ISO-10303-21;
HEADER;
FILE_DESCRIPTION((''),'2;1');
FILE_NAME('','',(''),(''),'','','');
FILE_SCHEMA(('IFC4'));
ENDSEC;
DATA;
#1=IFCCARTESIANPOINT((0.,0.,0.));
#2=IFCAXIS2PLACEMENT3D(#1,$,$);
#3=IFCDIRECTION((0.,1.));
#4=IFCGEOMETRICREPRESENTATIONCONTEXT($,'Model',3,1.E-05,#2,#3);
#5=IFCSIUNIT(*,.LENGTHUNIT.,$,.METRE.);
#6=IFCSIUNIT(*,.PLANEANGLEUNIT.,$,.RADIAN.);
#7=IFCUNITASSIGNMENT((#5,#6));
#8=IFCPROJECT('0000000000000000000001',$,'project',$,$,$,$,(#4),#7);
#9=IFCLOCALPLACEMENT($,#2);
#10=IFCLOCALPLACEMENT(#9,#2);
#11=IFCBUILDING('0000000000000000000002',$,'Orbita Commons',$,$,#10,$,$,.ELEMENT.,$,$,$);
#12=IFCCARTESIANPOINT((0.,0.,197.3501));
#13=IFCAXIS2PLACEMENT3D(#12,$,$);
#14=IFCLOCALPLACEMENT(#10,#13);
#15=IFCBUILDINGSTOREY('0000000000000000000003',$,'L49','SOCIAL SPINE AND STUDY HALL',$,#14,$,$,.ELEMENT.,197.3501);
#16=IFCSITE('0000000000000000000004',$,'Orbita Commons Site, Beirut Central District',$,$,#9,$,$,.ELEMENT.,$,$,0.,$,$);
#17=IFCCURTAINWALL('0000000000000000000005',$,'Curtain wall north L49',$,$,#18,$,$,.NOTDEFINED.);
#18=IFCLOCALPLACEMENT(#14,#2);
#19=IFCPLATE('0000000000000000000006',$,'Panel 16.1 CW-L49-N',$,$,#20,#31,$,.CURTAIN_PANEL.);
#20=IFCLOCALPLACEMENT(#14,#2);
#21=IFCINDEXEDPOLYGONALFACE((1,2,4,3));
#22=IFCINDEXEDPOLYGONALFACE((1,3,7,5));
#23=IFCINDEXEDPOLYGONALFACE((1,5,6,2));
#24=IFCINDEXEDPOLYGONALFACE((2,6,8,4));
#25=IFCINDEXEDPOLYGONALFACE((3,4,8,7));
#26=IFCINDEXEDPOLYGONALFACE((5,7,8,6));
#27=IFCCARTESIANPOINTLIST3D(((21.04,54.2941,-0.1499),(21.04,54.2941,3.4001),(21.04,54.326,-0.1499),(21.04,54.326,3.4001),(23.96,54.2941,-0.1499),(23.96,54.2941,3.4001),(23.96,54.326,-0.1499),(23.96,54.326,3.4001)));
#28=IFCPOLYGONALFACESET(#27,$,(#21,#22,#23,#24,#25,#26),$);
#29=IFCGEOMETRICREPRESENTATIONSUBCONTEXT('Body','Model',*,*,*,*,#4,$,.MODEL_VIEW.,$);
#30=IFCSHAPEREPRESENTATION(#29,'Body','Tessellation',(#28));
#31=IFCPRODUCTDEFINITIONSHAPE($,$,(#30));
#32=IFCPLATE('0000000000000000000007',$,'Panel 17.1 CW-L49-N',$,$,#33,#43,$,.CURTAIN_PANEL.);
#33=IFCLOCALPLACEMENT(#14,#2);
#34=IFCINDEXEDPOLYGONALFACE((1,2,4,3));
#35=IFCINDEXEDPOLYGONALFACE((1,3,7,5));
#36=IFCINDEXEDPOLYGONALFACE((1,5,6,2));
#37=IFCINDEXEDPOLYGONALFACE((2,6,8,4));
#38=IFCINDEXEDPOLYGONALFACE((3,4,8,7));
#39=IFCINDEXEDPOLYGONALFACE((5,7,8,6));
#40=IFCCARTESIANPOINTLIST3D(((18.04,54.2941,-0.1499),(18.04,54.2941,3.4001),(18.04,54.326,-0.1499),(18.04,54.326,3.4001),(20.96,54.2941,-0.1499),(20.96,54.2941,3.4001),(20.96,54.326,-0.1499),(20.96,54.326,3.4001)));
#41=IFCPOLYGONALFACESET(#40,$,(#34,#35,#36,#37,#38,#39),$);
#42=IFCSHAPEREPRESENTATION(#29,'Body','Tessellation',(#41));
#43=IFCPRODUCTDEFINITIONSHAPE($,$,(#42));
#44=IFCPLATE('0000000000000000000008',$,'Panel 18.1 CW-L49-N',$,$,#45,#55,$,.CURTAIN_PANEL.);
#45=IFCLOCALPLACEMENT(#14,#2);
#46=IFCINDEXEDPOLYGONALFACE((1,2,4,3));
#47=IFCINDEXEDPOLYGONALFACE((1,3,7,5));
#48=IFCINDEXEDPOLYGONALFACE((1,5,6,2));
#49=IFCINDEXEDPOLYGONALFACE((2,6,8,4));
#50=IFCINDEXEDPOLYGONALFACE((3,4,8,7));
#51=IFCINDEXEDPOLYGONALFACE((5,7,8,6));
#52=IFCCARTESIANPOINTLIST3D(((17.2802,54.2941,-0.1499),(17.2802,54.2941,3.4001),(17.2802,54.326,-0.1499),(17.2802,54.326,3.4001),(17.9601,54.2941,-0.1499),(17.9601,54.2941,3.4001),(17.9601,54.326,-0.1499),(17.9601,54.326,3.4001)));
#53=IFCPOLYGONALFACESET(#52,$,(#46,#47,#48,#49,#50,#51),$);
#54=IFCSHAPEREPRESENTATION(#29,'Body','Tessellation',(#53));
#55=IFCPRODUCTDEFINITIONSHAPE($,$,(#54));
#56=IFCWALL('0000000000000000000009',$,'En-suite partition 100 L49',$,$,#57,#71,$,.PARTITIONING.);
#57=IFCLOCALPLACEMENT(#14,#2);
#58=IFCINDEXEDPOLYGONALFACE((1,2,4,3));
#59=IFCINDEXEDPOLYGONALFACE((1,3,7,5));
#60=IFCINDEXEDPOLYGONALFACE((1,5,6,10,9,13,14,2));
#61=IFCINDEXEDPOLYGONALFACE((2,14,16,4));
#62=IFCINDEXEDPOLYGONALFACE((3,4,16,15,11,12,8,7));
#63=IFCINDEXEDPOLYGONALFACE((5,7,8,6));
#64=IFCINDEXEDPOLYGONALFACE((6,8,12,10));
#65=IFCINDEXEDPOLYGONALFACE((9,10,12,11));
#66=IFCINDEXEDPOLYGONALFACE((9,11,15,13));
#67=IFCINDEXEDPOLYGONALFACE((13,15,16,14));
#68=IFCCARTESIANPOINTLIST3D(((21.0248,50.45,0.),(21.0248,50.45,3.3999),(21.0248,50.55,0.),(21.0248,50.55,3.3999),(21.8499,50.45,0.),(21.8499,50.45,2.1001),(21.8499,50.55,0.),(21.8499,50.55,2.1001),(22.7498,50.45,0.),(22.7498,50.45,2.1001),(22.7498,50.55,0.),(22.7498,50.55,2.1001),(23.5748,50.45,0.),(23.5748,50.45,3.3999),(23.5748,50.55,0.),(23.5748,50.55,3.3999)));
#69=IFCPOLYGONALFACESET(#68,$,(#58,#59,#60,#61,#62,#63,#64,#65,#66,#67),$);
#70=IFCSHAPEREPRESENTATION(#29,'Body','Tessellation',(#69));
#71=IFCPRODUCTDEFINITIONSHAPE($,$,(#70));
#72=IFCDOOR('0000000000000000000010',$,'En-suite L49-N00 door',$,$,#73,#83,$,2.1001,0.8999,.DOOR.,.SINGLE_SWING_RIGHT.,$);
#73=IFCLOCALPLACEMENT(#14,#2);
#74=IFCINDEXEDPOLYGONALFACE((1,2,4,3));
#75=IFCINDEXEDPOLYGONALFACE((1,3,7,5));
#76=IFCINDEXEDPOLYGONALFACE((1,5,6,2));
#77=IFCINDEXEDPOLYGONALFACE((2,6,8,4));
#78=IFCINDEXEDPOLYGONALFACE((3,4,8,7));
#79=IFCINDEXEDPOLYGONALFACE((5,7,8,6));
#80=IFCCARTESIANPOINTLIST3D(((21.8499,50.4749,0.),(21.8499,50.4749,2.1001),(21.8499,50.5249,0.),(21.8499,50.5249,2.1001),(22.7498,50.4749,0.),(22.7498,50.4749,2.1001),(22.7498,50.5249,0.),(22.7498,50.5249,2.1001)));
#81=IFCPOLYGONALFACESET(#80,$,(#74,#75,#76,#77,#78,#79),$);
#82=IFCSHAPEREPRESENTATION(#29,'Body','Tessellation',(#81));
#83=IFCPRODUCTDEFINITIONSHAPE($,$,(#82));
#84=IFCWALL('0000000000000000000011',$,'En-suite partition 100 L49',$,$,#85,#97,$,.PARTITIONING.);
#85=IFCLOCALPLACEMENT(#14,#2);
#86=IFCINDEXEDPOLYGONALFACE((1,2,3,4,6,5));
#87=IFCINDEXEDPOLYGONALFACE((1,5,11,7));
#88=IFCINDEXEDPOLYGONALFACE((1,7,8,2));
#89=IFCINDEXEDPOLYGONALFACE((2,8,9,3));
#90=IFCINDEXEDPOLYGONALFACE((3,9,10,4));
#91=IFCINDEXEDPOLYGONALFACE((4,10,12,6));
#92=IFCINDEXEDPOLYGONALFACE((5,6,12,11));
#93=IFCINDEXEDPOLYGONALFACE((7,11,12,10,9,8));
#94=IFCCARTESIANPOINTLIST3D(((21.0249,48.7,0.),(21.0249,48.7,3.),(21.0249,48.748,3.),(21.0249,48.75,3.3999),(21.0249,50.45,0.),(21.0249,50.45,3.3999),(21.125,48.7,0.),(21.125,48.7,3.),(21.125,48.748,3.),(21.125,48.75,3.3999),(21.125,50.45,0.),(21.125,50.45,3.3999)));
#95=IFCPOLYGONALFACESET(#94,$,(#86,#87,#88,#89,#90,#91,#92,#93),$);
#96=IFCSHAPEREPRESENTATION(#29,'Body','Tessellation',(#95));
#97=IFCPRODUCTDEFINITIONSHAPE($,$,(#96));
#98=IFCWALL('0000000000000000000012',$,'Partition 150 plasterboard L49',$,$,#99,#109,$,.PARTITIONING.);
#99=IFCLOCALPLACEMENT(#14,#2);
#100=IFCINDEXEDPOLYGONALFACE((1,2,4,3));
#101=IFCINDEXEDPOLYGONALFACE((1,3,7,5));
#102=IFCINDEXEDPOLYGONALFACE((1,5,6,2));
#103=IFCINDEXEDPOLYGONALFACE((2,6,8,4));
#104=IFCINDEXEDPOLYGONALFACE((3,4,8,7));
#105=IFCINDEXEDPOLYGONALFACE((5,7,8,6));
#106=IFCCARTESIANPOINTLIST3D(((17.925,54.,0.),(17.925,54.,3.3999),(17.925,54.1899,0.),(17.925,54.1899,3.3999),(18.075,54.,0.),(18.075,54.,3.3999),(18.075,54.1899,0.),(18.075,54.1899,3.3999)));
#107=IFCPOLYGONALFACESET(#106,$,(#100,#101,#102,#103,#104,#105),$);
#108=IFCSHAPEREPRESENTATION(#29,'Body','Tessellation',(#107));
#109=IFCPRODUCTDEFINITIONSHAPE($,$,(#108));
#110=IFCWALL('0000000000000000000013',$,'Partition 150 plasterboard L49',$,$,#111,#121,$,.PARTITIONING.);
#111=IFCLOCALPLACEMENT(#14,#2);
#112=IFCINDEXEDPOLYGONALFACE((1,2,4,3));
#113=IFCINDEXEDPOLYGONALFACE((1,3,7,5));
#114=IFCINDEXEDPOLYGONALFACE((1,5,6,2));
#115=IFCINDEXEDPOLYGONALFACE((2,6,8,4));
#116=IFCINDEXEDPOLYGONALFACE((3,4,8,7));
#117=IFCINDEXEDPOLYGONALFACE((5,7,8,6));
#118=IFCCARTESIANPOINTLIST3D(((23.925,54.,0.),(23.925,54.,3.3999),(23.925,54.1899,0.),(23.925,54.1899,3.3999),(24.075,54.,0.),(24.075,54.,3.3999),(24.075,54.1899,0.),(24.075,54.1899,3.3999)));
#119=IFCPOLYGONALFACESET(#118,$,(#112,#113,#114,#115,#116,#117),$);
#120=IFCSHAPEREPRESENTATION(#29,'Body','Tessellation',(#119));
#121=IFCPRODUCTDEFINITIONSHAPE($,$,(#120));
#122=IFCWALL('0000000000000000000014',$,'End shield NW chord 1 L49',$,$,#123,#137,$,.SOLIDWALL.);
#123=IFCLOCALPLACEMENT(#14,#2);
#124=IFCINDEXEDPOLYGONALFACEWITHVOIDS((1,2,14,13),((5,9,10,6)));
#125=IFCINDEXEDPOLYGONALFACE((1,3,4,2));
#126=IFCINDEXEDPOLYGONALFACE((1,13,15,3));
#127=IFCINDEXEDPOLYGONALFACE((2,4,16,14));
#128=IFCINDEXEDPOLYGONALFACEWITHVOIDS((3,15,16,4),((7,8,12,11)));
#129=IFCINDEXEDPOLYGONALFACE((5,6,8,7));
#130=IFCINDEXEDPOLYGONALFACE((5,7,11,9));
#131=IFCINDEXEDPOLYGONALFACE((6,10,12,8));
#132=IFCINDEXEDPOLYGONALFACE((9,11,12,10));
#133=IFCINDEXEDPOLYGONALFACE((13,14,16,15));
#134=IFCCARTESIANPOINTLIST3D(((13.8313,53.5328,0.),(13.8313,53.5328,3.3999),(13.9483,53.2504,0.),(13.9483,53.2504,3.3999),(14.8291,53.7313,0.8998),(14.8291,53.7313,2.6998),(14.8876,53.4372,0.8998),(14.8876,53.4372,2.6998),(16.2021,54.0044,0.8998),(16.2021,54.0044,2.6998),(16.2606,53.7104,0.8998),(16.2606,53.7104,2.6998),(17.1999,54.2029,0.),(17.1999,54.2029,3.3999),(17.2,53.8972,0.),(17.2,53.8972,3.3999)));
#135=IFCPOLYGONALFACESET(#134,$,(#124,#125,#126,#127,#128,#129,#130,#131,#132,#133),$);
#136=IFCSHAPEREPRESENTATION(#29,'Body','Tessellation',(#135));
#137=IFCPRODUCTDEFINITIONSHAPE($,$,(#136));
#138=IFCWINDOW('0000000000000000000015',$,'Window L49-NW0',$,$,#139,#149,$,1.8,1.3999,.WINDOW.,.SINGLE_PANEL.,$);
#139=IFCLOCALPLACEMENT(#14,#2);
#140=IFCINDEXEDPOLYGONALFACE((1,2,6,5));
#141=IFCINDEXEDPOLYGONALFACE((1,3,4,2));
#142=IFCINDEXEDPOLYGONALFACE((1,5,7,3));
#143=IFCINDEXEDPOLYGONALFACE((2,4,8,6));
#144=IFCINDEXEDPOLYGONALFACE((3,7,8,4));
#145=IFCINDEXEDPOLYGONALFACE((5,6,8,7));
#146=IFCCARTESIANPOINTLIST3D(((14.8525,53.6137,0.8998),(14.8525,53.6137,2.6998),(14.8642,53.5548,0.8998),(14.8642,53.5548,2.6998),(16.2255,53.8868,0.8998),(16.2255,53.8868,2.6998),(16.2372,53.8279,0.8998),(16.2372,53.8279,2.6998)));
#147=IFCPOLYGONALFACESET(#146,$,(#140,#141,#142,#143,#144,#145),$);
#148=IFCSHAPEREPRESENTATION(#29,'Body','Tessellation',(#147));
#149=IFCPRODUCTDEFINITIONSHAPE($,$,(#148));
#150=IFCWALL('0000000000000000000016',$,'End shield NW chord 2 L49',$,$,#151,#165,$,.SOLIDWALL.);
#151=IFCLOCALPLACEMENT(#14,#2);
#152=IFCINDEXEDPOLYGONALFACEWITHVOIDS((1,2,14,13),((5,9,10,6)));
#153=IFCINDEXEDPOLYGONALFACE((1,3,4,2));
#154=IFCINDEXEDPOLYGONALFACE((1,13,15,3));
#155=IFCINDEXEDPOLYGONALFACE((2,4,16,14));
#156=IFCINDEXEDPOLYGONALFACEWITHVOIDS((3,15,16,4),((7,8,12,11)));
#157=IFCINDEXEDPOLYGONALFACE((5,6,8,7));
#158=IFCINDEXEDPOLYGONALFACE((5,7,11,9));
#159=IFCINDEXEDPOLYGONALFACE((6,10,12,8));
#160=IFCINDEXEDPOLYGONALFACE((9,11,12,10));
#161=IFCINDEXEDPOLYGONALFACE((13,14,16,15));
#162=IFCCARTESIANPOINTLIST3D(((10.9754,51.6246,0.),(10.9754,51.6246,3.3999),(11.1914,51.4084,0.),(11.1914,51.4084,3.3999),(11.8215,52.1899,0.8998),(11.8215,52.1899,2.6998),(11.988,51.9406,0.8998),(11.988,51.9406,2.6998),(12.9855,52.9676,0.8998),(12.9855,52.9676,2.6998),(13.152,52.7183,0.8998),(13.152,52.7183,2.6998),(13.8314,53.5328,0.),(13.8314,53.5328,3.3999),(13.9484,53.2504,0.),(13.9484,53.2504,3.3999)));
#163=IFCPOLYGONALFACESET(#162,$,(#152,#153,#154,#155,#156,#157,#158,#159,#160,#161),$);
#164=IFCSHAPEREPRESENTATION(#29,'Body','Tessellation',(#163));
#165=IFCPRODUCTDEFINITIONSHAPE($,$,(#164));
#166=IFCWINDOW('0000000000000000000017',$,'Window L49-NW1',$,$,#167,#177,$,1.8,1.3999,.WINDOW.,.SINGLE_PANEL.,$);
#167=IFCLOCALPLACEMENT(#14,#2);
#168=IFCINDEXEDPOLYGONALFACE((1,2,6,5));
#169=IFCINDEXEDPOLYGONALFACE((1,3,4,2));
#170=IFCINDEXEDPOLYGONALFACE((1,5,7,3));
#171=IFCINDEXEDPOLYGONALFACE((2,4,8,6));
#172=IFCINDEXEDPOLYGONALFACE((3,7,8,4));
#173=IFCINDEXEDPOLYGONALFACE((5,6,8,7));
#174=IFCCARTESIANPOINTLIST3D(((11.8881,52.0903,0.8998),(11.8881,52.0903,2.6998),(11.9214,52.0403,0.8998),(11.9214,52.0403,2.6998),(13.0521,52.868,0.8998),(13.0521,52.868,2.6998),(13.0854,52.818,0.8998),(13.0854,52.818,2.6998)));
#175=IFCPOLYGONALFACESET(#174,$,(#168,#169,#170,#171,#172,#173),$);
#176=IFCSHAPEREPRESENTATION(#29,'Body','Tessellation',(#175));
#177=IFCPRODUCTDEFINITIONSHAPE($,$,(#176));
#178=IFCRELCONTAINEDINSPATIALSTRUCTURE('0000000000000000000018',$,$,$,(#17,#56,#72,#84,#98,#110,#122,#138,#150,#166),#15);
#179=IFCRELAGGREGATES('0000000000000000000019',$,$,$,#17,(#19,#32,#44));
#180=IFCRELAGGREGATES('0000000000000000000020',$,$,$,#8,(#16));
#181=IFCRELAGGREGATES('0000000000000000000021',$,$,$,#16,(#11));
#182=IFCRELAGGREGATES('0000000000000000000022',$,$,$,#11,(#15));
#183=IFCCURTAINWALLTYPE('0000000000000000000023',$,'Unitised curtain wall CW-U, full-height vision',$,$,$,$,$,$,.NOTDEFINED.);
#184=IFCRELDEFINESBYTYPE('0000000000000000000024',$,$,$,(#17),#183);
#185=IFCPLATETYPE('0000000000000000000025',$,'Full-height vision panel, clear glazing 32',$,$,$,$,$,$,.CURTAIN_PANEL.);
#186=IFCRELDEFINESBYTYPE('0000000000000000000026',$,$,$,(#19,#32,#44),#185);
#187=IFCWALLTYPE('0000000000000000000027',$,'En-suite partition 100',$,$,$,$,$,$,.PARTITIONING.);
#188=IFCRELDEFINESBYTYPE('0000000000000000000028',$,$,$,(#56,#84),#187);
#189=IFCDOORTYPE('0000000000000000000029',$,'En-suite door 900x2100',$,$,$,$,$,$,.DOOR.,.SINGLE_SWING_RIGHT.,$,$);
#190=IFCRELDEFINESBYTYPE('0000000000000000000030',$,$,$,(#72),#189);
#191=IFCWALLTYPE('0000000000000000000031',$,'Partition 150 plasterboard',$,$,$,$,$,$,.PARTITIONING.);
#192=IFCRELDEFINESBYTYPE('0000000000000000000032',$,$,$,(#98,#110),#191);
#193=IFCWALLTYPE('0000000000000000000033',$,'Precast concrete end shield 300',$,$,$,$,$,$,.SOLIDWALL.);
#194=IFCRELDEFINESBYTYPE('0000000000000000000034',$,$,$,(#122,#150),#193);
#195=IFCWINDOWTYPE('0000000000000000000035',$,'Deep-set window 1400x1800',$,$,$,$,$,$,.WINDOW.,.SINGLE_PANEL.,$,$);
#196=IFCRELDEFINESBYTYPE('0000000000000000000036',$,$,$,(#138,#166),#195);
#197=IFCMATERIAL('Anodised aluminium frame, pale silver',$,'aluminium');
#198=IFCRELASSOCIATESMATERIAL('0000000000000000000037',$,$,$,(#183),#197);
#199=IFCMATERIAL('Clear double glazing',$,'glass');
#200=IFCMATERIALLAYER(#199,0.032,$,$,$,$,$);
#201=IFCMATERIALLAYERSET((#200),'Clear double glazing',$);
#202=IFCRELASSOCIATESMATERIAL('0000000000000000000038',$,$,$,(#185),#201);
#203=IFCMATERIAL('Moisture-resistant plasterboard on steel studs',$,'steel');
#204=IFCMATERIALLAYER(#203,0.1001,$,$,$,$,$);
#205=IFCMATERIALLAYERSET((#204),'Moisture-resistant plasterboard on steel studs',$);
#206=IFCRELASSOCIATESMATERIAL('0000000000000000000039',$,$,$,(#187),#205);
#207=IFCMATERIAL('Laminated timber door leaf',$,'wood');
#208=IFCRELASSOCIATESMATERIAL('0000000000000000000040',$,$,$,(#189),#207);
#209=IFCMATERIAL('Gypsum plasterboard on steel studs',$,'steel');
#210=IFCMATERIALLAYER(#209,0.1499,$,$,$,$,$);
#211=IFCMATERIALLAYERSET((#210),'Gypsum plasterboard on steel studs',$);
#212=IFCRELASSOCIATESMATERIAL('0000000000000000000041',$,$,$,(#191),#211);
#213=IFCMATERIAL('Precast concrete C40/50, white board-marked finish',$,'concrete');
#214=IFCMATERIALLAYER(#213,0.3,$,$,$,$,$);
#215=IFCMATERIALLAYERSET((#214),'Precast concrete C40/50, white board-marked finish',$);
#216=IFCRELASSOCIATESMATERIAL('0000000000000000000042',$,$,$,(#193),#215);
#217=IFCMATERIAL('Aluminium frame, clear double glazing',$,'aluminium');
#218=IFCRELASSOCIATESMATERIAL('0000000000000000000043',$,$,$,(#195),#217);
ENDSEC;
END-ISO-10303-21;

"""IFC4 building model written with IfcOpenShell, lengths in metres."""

from ifc_helpers import new_model, si_unit, direction, frame, frame_2d, origin, origin_2d, place, context, subcontext, project, spatial, polyline, rectangle, outline, extrude, material, layer, layer_set, type_object, element, fill, aggregate, save


model = new_model("IFC4")

# Units and contexts
model_context = context("Model", 3, precision=1e-05, world=origin(), true_north=direction((0.0, 1.0)))
body_context = subcontext(model_context, "Body", "Model", "MODEL_VIEW")
ifc_project = project(units=[si_unit("LENGTHUNIT", "METRE"), si_unit("PLANEANGLEUNIT", "RADIAN")], contexts=[model_context])

# Site, building, storey
site_placement = place(None, origin())
site = spatial("IfcSite", under=ifc_project, at=site_placement, Name="Orbita Commons Site, Beirut Central District", CompositionType="ELEMENT", RefElevation=0.0)
building_placement = place(site_placement, origin())
building = spatial("IfcBuilding", under=site, at=building_placement, Name="Orbita Commons", CompositionType="ELEMENT")
storey_placement = place(building_placement, frame((0.0, 0.0, 197.3501)))
storey = spatial("IfcBuildingStorey", under=building, at=storey_placement, Name="L49", Description="SOCIAL SPINE AND STUDY HALL", CompositionType="ELEMENT", Elevation=197.3501)

# Curtain wall
ifc_material_1 = material(Name="Anodised aluminium frame, pale silver", Category="aluminium")
curtain_wall_type = type_object("IfcCurtainWallType", Name="Unitised curtain wall CW-U, full-height vision", PredefinedType="NOTDEFINED", material=ifc_material_1)
curtain_wall_placement = place(storey_placement, origin())
curtain_wall = element("IfcCurtainWall", 1, at=curtain_wall_placement, inside=storey, type_object=curtain_wall_type, Name="Curtain wall north L49", PredefinedType="NOTDEFINED")

# Plates
ifc_material_2 = material(Name="Clear double glazing", Category="glass")
ifc_layer_1 = layer(ifc_material_2, 0.032)
ifc_layer_set_1 = layer_set([ifc_layer_1], Name="Clear double glazing")
plate_type = type_object("IfcPlateType", Name="Full-height vision panel, clear glazing 32", PredefinedType="CURTAIN_PANEL", material=ifc_layer_set_1)
plate_1_placement = place(storey_placement, frame((22.5, 54.3101, -0.1499), z_axis=(0.0, 0.0, 1.0), x_axis=(-1.0, 0.0, 0.0)))
plate_1 = element("IfcPlate", 2, at=plate_1_placement, type_object=plate_type, Name="Panel 16.1 CW-L49-N", PredefinedType="CURTAIN_PANEL", context=body_context, shape_type="SweptSolid", body=[
    extrude(rectangle(XDim=2.9199, YDim=0.032, at=origin_2d()), origin(), (0.0, 0.0, 1.0), 3.55),
])
plate_2_placement = place(storey_placement, frame((19.5, 54.3101, -0.1499), z_axis=(0.0, 0.0, 1.0), x_axis=(-1.0, 0.0, 0.0)))
plate_2 = element("IfcPlate", 3, at=plate_2_placement, type_object=plate_type, Name="Panel 17.1 CW-L49-N", PredefinedType="CURTAIN_PANEL", context=body_context, shape_type="SweptSolid", body=[
    extrude(rectangle(XDim=2.9199, YDim=0.032, at=origin_2d()), origin(), (0.0, 0.0, 1.0), 3.55),
])
plate_3_placement = place(storey_placement, frame((17.6201, 54.3101, -0.1499), z_axis=(0.0, 0.0, 1.0), x_axis=(-1.0, 0.0, 0.0)))
plate_3 = element("IfcPlate", 4, at=plate_3_placement, type_object=plate_type, Name="Panel 18.1 CW-L49-N", PredefinedType="CURTAIN_PANEL", context=body_context, shape_type="SweptSolid", body=[
    extrude(rectangle(XDim=0.6799, YDim=0.032, at=origin_2d()), origin(), (0.0, 0.0, 1.0), 3.55),
])
aggregate(curtain_wall, [plate_1, plate_2, plate_3])

# Wall, opening, door
ifc_material_3 = material(Name="Moisture-resistant plasterboard on steel studs", Category="steel")
ifc_layer_2 = layer(ifc_material_3, 0.1001)
ifc_layer_set_2 = layer_set([ifc_layer_2], Name="Moisture-resistant plasterboard on steel studs")
wall_type_1 = type_object("IfcWallType", Name="En-suite partition 100", PredefinedType="PARTITIONING", material=ifc_layer_set_2)
wall_1_placement = place(storey_placement, frame((21.0249, 50.5, 0.0), z_axis=(0.0, 0.0, 1.0), x_axis=(1.0, 0.0, 0.0)))
wall_1 = element("IfcWall", 5, at=wall_1_placement, inside=storey, type_object=wall_type_1, Name="En-suite partition 100 L49", PredefinedType="PARTITIONING", context=body_context, shape_type="SweptSolid", body=[
    extrude(rectangle(XDim=2.55, YDim=0.1001, at=frame_2d((1.2749, 0.0))), origin(), (0.0, 0.0, 1.0), 3.3999),
])
opening_1_placement = place(wall_1_placement, frame((0.825, 0.0, 0.0)))
opening_1 = element("IfcOpeningElement", 6, at=opening_1_placement, cuts=wall_1, PredefinedType="OPENING", context=body_context, shape_type="SweptSolid", body=[
    extrude(rectangle(XDim=0.8999, YDim=2.1001, at=frame_2d((0.45, 1.05))), frame((0.0, 0.0601, 0.0), z_axis=(0.0, -1.0, 0.0), x_axis=(1.0, 0.0, 0.0)), (0.0, 0.0, 1.0), 0.1201),
])
ifc_material_4 = material(Name="Laminated timber door leaf", Category="wood")
door_type = type_object("IfcDoorType", Name="En-suite door 900x2100", OperationType="SINGLE_SWING_RIGHT", PredefinedType="DOOR", material=ifc_material_4)
door_placement = place(opening_1_placement, origin())
door = element("IfcDoor", 7, at=door_placement, inside=storey, type_object=door_type, Name="En-suite L49-N00 door", OperationType="SINGLE_SWING_RIGHT", OverallHeight=2.1001, OverallWidth=0.8999, PredefinedType="DOOR", context=body_context, shape_type="SweptSolid", body=[
    extrude(rectangle(XDim=0.8999, YDim=2.1001, at=frame_2d((0.45, 1.05))), frame((0.0, 0.0249, 0.0), z_axis=(0.0, -1.0, 0.0), x_axis=(1.0, 0.0, 0.0)), (0.0, 0.0, 1.0), 0.05),
])
fill(opening_1, door)

# Walls
wall_2_placement = place(storey_placement, frame((21.075, 50.45, 0.0), z_axis=(0.0, 0.0, 1.0), x_axis=(0.0, -1.0, 0.0)))
element("IfcWall", 8, at=wall_2_placement, inside=storey, type_object=wall_type_1, Name="En-suite partition 100 L49", PredefinedType="PARTITIONING", context=body_context, shape_type="SweptSolid", body=[
    extrude(outline(polyline([(0.0, 0.0), (1.75, 0.0), (1.75, 3.0), (1.7019, 3.0), (1.7, 3.3999), (0.0, 3.3999), (0.0, 0.0)])), frame((0.0, 0.05, 0.0), z_axis=(0.0, -1.0, 0.0), x_axis=(1.0, 0.0, 0.0)), (0.0, 0.0, 1.0), 0.1001),
])
ifc_material_5 = material(Name="Gypsum plasterboard on steel studs", Category="steel")
ifc_layer_3 = layer(ifc_material_5, 0.1499)
ifc_layer_set_3 = layer_set([ifc_layer_3], Name="Gypsum plasterboard on steel studs")
wall_type_2 = type_object("IfcWallType", Name="Partition 150 plasterboard", PredefinedType="PARTITIONING", material=ifc_layer_set_3)
for number, where, z_axis, x_axis, name in (
    (9, (18.0, 54.0, 0.0), (0.0, 0.0, 1.0), (0.0, 1.0, 0.0), "Partition 150 plasterboard L49"),
    (10, (24.0, 54.0, 0.0), (0.0, 0.0, 1.0), (0.0, 1.0, 0.0), "Partition 150 plasterboard L49"),
):
    element("IfcWall", number, at=place(storey_placement, frame(where, z_axis=z_axis, x_axis=x_axis)), inside=storey, type_object=wall_type_2, Name=name, PredefinedType="PARTITIONING", context=body_context, shape_type="SweptSolid", body=[
        extrude(rectangle(XDim=0.1899, YDim=0.1499, at=frame_2d((0.095, 0.0))), origin(), (0.0, 0.0, 1.0), 3.3999),
    ])

# Walls, openings, windows
ifc_material_6 = material(Name="Precast concrete C40/50, white board-marked finish", Category="concrete")
ifc_layer_4 = layer(ifc_material_6, 0.3)
ifc_layer_set_4 = layer_set([ifc_layer_4], Name="Precast concrete C40/50, white board-marked finish")
wall_type_3 = type_object("IfcWallType", Name="Precast concrete end shield 300", PredefinedType="SOLIDWALL", material=ifc_layer_set_4)
wall_3_placement = place(storey_placement, frame((17.2, 54.05, 0.0), z_axis=(0.0, 0.0, 1.0), x_axis=(-0.980783, -0.1951, 0.0)))
wall_3 = element("IfcWall", 11, at=wall_3_placement, inside=storey, type_object=wall_type_3, Name="End shield NW chord 1 L49", PredefinedType="SOLIDWALL", context=body_context, shape_type="SweptSolid", body=[
    extrude(outline(polyline([(-0.0298, -0.1499), (3.4048, -0.1499), (3.3452, 0.1499), (0.0298, 0.1499), (-0.0298, -0.1499)])), origin(), (0.0, 0.0, 1.0), 3.3999),
])
opening_2_placement = place(wall_3_placement, frame((0.9875, 0.0, 0.8999)))
opening_2 = element("IfcOpeningElement", 12, at=opening_2_placement, cuts=wall_3, PredefinedType="OPENING", context=body_context, shape_type="SweptSolid", body=[
    extrude(rectangle(XDim=1.3999, YDim=1.8, at=frame_2d((0.7, 0.8999))), frame((0.0, 0.1599, 0.0), z_axis=(0.0, -1.0, 0.0), x_axis=(1.0, 0.0, 0.0)), (0.0, 0.0, 1.0), 0.3201),
])
ifc_material_7 = material(Name="Aluminium frame, clear double glazing", Category="aluminium")
window_type = type_object("IfcWindowType", Name="Deep-set window 1400x1800", PartitioningType="SINGLE_PANEL", PredefinedType="WINDOW", material=ifc_material_7)
window_1_placement = place(opening_2_placement, origin())
window_1 = element("IfcWindow", 13, at=window_1_placement, inside=storey, type_object=window_type, Name="Window L49-NW0", OverallHeight=1.8, OverallWidth=1.3999, PartitioningType="SINGLE_PANEL", PredefinedType="WINDOW", context=body_context, shape_type="SweptSolid", body=[
    extrude(rectangle(XDim=1.3999, YDim=1.8, at=frame_2d((0.7, 0.8999))), frame((0.0, 0.03, 0.0), z_axis=(0.0, -1.0, 0.0), x_axis=(1.0, 0.0, 0.0)), (0.0, 0.0, 1.0), 0.0601),
])
fill(opening_2, window_1)
wall_4_placement = place(storey_placement, frame((13.8899, 53.3916, 0.0), z_axis=(0.0, 0.0, 1.0), x_axis=(-0.831493, -0.555535, 0.0)))
wall_4 = element("IfcWall", 14, at=wall_4_placement, inside=storey, type_object=wall_type_3, Name="End shield NW chord 2 L49", PredefinedType="SOLIDWALL", context=body_context, shape_type="SweptSolid", body=[
    extrude(outline(polyline([(-0.0298, -0.1499), (3.405, -0.1499), (3.3455, 0.1499), (0.0298, 0.1499), (-0.0298, -0.1499)])), origin(), (0.0, 0.0, 1.0), 3.3999),
])
opening_3_placement = place(wall_4_placement, frame((0.9875, 0.0, 0.8999)))
opening_3 = element("IfcOpeningElement", 15, at=opening_3_placement, cuts=wall_4, PredefinedType="OPENING", context=body_context, shape_type="SweptSolid", body=[
    extrude(rectangle(XDim=1.3999, YDim=1.8, at=frame_2d((0.7, 0.8999))), frame((0.0, 0.1599, 0.0), z_axis=(0.0, -1.0, 0.0), x_axis=(1.0, 0.0, 0.0)), (0.0, 0.0, 1.0), 0.3201),
])
window_2_placement = place(opening_3_placement, origin())
window_2 = element("IfcWindow", 16, at=window_2_placement, inside=storey, type_object=window_type, Name="Window L49-NW1", OverallHeight=1.8, OverallWidth=1.3999, PartitioningType="SINGLE_PANEL", PredefinedType="WINDOW", context=body_context, shape_type="SweptSolid", body=[
    extrude(rectangle(XDim=1.3999, YDim=1.8, at=frame_2d((0.7, 0.8999))), frame((0.0, 0.03, 0.0), z_axis=(0.0, -1.0, 0.0), x_axis=(1.0, 0.0, 0.0)), (0.0, 0.0, 1.0), 0.0601),
])
fill(opening_3, window_2)

save(model, "model.ifc")
